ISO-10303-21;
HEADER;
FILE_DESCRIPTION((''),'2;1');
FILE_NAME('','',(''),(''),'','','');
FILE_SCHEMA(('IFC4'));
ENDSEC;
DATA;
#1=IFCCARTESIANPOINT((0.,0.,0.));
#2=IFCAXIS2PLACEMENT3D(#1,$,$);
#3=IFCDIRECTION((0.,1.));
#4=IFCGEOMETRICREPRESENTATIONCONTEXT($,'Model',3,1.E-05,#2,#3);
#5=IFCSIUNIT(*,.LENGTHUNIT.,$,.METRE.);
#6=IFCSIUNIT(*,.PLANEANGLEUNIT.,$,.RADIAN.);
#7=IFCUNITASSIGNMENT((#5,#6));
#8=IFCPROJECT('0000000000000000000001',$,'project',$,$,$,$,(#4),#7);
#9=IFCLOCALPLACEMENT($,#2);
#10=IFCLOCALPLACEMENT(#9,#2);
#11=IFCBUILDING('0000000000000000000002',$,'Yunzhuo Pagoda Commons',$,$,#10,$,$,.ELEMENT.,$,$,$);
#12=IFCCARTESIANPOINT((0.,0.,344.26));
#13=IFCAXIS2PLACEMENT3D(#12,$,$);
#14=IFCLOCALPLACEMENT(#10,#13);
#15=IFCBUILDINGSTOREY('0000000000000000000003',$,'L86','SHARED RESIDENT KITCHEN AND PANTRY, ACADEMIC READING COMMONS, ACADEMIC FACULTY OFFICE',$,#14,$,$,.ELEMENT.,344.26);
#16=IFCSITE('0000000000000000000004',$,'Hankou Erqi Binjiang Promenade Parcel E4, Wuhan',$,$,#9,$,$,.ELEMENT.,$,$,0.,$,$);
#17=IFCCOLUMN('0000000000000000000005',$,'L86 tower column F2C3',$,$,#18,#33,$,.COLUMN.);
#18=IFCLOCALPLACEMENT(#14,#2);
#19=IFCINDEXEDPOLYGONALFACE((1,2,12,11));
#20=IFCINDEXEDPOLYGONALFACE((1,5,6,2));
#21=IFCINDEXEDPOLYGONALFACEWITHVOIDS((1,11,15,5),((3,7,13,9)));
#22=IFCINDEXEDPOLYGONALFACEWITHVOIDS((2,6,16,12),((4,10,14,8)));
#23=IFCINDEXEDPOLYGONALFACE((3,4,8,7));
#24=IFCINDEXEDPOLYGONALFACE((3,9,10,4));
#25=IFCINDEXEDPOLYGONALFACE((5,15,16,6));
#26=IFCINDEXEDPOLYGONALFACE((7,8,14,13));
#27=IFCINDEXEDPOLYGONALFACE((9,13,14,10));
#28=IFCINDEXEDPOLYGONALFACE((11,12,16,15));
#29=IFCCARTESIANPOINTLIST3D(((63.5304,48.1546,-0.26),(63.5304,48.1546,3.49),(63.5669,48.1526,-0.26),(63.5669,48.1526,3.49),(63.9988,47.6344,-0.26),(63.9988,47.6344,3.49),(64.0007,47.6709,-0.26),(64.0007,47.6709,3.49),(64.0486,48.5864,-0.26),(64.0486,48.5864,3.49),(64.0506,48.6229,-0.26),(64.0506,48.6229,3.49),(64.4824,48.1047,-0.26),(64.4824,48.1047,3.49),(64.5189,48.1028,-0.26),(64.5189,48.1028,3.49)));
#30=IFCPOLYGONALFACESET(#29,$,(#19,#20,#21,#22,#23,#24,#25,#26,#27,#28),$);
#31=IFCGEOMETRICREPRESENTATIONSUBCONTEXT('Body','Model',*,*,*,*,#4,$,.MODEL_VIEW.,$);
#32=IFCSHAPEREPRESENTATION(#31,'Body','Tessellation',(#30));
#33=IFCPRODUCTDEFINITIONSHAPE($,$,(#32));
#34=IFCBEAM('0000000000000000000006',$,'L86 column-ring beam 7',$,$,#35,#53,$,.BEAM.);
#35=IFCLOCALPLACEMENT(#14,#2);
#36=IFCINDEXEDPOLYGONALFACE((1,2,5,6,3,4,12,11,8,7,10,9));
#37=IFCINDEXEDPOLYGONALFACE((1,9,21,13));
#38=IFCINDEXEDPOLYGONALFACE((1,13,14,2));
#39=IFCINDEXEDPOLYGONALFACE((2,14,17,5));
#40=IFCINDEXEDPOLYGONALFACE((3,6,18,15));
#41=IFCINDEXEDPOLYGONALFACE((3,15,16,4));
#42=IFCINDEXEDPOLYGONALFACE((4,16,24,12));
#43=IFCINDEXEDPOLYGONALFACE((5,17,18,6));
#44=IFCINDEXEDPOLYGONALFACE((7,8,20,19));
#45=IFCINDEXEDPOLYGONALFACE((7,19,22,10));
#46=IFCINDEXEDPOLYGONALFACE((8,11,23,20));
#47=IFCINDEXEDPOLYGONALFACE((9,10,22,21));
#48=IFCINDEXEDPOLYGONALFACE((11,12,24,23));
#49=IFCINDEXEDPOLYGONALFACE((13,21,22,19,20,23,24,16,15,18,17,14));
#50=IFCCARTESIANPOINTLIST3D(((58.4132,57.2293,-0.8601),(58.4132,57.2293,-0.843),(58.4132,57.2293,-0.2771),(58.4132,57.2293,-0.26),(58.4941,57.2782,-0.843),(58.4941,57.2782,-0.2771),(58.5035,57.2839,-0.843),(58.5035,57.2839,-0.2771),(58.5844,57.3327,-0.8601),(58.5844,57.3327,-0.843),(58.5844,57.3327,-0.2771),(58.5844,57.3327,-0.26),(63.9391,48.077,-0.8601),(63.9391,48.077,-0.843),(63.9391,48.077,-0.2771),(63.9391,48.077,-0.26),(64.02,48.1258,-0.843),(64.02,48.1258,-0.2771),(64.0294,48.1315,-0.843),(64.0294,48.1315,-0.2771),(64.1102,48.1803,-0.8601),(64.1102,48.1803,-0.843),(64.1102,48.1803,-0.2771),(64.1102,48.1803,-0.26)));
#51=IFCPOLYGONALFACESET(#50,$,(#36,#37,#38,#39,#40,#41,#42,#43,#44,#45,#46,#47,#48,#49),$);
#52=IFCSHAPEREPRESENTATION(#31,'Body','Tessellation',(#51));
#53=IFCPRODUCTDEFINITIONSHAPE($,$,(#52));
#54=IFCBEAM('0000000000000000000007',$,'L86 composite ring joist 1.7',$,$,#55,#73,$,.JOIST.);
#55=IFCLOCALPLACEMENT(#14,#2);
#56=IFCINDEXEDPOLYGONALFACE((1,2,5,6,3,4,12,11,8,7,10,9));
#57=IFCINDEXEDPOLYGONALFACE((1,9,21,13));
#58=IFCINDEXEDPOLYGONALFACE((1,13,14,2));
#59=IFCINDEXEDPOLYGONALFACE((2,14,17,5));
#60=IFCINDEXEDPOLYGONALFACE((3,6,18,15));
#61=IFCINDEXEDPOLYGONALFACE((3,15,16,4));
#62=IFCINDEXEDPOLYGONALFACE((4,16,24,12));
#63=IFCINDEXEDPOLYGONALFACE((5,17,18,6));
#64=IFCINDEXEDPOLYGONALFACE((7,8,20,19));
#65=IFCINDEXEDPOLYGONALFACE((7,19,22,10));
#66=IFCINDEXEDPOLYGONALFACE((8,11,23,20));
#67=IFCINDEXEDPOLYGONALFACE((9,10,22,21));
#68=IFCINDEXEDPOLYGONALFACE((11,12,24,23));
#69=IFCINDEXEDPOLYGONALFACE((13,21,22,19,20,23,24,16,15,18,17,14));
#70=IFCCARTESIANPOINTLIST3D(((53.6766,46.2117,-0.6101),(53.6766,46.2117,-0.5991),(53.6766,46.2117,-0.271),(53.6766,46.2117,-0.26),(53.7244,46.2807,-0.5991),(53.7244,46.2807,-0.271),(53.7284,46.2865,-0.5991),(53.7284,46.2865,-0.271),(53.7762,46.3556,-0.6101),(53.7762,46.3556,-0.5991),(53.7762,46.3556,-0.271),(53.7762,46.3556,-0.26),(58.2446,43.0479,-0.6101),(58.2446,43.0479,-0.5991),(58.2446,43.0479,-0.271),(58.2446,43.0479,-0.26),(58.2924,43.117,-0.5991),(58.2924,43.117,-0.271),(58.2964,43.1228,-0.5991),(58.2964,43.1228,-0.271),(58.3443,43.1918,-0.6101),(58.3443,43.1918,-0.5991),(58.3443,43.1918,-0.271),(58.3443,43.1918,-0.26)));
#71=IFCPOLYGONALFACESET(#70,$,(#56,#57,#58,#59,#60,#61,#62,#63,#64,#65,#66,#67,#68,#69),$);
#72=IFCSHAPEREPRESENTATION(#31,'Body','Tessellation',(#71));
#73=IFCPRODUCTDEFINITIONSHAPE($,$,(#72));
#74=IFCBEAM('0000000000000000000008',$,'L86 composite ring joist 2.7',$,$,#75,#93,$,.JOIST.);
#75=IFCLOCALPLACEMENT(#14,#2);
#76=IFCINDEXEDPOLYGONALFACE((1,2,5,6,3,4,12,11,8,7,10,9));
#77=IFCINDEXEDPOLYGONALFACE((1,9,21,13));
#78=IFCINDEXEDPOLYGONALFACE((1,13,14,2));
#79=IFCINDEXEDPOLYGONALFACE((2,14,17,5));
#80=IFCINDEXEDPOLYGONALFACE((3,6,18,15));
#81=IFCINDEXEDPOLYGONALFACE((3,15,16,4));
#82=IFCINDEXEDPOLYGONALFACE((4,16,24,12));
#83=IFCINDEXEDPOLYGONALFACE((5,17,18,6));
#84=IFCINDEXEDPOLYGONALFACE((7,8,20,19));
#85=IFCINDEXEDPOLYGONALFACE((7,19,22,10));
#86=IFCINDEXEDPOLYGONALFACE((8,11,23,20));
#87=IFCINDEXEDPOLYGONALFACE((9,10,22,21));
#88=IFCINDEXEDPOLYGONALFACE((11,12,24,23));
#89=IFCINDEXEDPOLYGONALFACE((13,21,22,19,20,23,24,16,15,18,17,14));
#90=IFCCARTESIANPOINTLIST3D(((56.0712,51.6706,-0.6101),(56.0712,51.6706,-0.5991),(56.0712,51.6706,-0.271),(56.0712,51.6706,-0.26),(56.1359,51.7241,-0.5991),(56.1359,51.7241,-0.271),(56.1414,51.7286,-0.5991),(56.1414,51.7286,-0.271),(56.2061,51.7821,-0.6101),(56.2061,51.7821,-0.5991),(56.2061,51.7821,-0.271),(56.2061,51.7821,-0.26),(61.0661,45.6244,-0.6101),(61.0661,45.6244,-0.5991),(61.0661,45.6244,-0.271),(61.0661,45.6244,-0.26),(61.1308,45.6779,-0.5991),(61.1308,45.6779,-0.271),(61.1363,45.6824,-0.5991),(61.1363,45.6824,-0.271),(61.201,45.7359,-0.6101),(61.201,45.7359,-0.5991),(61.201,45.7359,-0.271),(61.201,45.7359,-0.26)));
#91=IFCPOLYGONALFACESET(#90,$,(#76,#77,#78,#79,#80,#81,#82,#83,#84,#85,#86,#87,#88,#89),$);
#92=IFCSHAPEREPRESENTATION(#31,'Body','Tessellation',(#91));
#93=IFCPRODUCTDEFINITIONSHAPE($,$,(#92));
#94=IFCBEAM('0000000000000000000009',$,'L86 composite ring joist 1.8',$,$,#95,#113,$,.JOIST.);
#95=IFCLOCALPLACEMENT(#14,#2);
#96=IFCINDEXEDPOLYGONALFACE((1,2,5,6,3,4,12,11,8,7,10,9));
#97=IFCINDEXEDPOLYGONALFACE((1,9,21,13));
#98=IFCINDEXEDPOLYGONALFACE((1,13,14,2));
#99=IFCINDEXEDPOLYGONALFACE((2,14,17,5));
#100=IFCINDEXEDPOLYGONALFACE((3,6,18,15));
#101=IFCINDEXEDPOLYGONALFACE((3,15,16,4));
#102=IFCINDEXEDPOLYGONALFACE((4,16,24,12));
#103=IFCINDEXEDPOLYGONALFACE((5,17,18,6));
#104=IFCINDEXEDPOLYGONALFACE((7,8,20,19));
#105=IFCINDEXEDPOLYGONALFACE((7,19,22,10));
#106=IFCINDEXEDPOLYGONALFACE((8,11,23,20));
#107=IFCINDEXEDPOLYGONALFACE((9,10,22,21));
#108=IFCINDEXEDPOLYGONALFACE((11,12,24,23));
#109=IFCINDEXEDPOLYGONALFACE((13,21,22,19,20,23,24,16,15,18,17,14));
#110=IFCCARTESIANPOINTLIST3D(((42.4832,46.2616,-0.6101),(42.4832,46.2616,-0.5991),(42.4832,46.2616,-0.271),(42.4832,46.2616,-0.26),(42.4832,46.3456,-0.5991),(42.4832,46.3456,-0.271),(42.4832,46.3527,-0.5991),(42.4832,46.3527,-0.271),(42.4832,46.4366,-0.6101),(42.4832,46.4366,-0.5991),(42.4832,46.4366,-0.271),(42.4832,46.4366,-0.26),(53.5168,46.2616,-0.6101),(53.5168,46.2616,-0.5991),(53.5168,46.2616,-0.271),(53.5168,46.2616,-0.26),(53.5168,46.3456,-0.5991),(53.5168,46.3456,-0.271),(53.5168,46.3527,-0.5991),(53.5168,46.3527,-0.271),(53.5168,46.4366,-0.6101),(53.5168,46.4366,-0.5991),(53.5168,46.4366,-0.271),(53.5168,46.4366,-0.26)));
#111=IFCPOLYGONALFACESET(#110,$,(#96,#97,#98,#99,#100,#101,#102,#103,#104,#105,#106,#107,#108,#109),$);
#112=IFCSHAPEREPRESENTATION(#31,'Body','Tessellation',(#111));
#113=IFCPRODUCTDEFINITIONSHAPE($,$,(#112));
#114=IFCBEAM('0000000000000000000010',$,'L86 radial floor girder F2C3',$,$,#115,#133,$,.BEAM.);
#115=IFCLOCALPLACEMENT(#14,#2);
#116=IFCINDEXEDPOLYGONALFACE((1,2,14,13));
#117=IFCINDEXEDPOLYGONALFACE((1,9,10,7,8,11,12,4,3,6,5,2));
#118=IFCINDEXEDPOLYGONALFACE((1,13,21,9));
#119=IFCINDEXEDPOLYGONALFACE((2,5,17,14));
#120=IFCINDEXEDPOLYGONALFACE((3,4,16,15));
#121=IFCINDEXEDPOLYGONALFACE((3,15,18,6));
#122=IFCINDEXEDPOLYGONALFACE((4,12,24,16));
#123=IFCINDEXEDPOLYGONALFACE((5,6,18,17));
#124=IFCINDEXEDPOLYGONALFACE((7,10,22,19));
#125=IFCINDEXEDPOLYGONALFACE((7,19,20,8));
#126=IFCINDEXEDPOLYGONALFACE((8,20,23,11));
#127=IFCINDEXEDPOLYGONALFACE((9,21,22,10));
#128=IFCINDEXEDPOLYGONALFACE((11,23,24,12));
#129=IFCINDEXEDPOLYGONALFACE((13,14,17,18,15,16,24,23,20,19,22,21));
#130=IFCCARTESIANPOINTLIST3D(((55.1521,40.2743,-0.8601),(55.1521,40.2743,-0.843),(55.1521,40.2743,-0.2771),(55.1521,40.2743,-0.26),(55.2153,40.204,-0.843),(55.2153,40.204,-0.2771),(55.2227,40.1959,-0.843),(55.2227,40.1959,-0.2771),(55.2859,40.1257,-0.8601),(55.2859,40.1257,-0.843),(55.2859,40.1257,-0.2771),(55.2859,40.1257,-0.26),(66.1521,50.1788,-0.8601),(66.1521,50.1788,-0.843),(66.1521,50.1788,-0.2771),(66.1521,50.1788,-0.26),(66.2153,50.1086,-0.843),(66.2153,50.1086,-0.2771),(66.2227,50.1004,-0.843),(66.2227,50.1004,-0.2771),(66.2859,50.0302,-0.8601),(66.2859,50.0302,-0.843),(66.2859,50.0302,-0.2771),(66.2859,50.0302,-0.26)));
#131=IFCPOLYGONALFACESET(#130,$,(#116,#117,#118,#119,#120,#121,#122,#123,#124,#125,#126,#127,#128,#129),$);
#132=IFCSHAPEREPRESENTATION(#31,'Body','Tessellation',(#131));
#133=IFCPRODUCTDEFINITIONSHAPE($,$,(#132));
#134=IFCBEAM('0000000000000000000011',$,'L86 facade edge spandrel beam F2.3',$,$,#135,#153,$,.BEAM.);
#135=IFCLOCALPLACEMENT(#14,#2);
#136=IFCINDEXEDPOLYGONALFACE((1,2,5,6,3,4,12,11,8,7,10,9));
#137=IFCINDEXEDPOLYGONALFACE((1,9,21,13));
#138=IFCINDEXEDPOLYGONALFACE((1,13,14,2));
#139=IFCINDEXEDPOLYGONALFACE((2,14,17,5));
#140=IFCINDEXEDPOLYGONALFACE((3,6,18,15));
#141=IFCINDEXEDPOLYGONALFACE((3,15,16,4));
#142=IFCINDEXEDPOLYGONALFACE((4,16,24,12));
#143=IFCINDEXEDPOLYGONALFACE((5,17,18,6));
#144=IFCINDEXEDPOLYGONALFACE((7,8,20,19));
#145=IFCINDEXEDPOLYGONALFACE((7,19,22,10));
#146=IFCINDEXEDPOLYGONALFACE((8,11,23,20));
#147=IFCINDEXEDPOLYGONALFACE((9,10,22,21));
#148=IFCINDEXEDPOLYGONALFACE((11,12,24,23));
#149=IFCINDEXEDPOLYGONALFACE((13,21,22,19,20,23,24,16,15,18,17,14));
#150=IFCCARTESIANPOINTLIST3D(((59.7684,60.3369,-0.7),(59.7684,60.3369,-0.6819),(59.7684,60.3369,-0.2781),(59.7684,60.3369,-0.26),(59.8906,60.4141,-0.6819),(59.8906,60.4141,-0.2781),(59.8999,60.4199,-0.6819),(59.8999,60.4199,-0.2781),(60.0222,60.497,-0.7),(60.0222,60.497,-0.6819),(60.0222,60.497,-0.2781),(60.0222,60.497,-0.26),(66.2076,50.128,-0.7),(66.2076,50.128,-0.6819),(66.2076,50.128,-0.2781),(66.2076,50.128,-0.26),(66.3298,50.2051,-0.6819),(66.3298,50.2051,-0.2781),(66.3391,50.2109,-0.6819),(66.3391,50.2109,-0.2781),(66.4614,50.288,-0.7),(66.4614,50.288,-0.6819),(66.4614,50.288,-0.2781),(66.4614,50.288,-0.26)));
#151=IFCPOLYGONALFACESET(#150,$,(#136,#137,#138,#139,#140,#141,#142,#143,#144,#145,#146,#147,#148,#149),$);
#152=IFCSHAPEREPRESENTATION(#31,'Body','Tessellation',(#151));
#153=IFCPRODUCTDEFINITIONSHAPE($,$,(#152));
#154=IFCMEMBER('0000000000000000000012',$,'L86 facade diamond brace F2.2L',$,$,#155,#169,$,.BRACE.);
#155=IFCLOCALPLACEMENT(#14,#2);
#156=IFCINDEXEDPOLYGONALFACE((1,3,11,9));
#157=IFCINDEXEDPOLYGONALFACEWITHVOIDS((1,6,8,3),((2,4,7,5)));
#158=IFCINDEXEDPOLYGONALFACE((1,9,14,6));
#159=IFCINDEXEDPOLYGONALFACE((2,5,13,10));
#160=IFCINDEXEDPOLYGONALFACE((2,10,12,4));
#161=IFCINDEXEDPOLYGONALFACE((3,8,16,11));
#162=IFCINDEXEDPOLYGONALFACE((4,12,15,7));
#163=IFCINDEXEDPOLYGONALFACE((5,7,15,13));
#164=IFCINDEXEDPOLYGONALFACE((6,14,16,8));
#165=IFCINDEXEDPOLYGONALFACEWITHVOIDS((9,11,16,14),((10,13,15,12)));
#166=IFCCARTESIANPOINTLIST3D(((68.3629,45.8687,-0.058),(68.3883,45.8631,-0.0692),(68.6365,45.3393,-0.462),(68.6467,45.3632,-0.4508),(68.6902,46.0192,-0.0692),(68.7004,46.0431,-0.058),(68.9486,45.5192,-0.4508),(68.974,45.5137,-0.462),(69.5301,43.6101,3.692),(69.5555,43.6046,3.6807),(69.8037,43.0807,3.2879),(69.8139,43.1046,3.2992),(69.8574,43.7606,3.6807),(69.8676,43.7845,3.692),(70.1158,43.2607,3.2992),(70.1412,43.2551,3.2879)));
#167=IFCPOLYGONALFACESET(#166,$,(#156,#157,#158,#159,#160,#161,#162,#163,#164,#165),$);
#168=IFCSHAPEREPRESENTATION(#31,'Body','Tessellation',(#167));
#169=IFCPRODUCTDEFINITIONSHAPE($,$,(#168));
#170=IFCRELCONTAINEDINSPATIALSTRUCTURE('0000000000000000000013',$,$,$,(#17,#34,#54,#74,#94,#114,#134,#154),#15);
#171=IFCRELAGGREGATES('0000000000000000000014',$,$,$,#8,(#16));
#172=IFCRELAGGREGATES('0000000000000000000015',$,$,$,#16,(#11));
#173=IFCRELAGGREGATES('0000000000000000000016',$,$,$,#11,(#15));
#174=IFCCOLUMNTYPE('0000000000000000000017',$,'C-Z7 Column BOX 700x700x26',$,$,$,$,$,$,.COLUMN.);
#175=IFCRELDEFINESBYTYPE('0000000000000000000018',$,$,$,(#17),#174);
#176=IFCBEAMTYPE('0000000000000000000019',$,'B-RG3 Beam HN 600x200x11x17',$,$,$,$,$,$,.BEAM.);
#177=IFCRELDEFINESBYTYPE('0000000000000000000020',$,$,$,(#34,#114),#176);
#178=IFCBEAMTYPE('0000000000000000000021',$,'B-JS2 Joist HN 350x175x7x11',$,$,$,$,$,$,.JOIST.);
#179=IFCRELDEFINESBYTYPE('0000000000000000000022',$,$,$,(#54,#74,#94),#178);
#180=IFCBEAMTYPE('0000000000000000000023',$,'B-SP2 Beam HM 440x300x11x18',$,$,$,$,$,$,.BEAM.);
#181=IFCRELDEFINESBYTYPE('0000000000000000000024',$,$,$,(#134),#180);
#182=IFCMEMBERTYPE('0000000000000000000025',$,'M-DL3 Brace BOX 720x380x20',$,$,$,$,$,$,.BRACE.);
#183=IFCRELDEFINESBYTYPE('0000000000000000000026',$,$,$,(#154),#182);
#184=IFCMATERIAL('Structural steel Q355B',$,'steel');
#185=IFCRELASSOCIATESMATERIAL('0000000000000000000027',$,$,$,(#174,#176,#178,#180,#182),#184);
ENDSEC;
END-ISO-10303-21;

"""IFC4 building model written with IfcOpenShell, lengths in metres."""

from ifc_helpers import new_model, si_unit, direction, frame, origin, origin_2d, place, context, subcontext, project, spatial, hollow_rectangle, i_section, extrude, source, transform, mapped, material, material_profile, profile_set, type_object, element, save


model = new_model("IFC4")

# Units and contexts
model_context = context("Model", 3, precision=1e-05, world=origin(), true_north=direction((0.0, 1.0)))
body_context = subcontext(model_context, "Body", "Model", "MODEL_VIEW")
ifc_project = project(units=[si_unit("LENGTHUNIT", "METRE"), si_unit("PLANEANGLEUNIT", "RADIAN")], contexts=[model_context])

# Site, building, storey
site_placement = place(None, origin())
site = spatial("IfcSite", under=ifc_project, at=site_placement, Name="Hankou Erqi Binjiang Promenade Parcel E4, Wuhan", CompositionType="ELEMENT", RefElevation=0.0)
building_placement = place(site_placement, origin())
building = spatial("IfcBuilding", under=site, at=building_placement, Name="Yunzhuo Pagoda Commons", CompositionType="ELEMENT")
storey_placement = place(building_placement, frame((0.0, 0.0, 344.26)))
storey = spatial("IfcBuildingStorey", under=building, at=storey_placement, Name="L86", Description="SHARED RESIDENT KITCHEN AND PANTRY, ACADEMIC READING COMMONS, ACADEMIC FACULTY OFFICE", CompositionType="ELEMENT", Elevation=344.26)

# Column
ifc_material_1 = material(Name="Structural steel Q355B", Category="steel")
ifc_material_profile_1 = material_profile(ifc_material_1, hollow_rectangle(XDim=0.7, YDim=0.7, WallThickness=0.0259, at=origin_2d()), Name="Structural steel Q355B")
ifc_profile_set_1 = profile_set([ifc_material_profile_1], Name="Structural steel Q355B")
column_type = type_object("IfcColumnType", Name="C-Z7 Column BOX 700x700x26", PredefinedType="COLUMN", material=ifc_profile_set_1)
shared_shape_1 = source(origin(), body_context, "Body", "SweptSolid", [
    extrude(hollow_rectangle(XDim=0.7, YDim=0.7, WallThickness=0.0259, at=origin_2d()), origin(), (0.0, 0.0, 1.0), 3.75),
])
column_placement = place(storey_placement, frame((64.0247, 48.1287, -0.26), z_axis=(0.0, 0.0, 1.0), x_axis=(-0.669131, 0.743145, 0.0)))
element("IfcColumn", 1, at=column_placement, inside=storey, type_object=column_type, Name="L86 tower column F2C3", PredefinedType="COLUMN", context=body_context, shape_type="MappedRepresentation", body=[
    mapped(shared_shape_1, transform((0.0, 0.0, 0.0), scale=1.0)),
])

# Beams
ifc_material_profile_2 = material_profile(ifc_material_1, i_section(OverallWidth=0.2, OverallDepth=0.6001, WebThickness=0.011, FlangeThickness=0.0171, at=origin_2d()), Name="Structural steel Q355B")
ifc_profile_set_2 = profile_set([ifc_material_profile_2], Name="Structural steel Q355B")
beam_type_1 = type_object("IfcBeamType", Name="B-RG3 Beam HN 600x200x11x17", PredefinedType="BEAM", material=ifc_profile_set_2)
shared_shape_2 = source(origin(), body_context, "Body", "SweptSolid", [
    extrude(i_section(OverallWidth=0.2, OverallDepth=0.6001, WebThickness=0.011, FlangeThickness=0.0171, at=origin_2d()), origin(), (0.0, 0.0, 1.0), 10.6912),
])
beam_1_placement = place(storey_placement, frame((64.0247, 48.1287, -0.5601), z_axis=(-0.516865, 0.856067, 0.0), x_axis=(-0.856067, -0.516865, 0.0)))
element("IfcBeam", 2, at=beam_1_placement, inside=storey, type_object=beam_type_1, Name="L86 column-ring beam 7", PredefinedType="BEAM", context=body_context, shape_type="MappedRepresentation", body=[
    mapped(shared_shape_2, transform((0.0, 0.0, 0.0), scale=1.0)),
])
ifc_material_profile_3 = material_profile(ifc_material_1, i_section(OverallWidth=0.175, OverallDepth=0.3501, WebThickness=0.0071, FlangeThickness=0.011, at=origin_2d()), Name="Structural steel Q355B")
ifc_profile_set_3 = profile_set([ifc_material_profile_3], Name="Structural steel Q355B")
beam_type_2 = type_object("IfcBeamType", Name="B-JS2 Joist HN 350x175x7x11", PredefinedType="JOIST", material=ifc_profile_set_3)
shared_shape_3 = source(origin(), body_context, "Body", "SweptSolid", [
    extrude(i_section(OverallWidth=0.175, OverallDepth=0.3501, WebThickness=0.0071, FlangeThickness=0.011, at=origin_2d()), origin(), (0.0, 0.0, 1.0), 5.5566),
])
beam_2_placement = place(storey_placement, frame((58.2944, 43.1199, -0.4351), z_axis=(-0.822085, 0.569365, 0.0), x_axis=(-0.569365, -0.822085, 0.0)))
element("IfcBeam", 3, at=beam_2_placement, inside=storey, type_object=beam_type_2, Name="L86 composite ring joist 1.7", PredefinedType="JOIST", context=body_context, shape_type="MappedRepresentation", body=[
    mapped(shared_shape_3, transform((0.0, 0.0, 0.0), scale=1.0)),
])
shared_shape_4 = source(origin(), body_context, "Body", "SweptSolid", [
    extrude(i_section(OverallWidth=0.175, OverallDepth=0.3501, WebThickness=0.0071, FlangeThickness=0.011, at=origin_2d()), origin(), (0.0, 0.0, 1.0), 7.8425),
])
beam_3_placement = place(storey_placement, frame((61.1335, 45.6802, -0.4351), z_axis=(-0.636899, 0.770947, 0.0), x_axis=(-0.770947, -0.636899, 0.0)))
element("IfcBeam", 4, at=beam_3_placement, inside=storey, type_object=beam_type_2, Name="L86 composite ring joist 2.7", PredefinedType="JOIST", context=body_context, shape_type="MappedRepresentation", body=[
    mapped(shared_shape_4, transform((0.0, 0.0, 0.0), scale=1.0)),
])
shared_shape_5 = source(origin(), body_context, "Body", "SweptSolid", [
    extrude(i_section(OverallWidth=0.175, OverallDepth=0.3501, WebThickness=0.0071, FlangeThickness=0.011, at=origin_2d()), origin(), (0.0, 0.0, 1.0), 11.0337),
])
beam_4_placement = place(storey_placement, frame((53.5168, 46.3491, -0.4351), z_axis=(-1.0, 0.0, 0.0), x_axis=(0.0, -1.0, 0.0)))
element("IfcBeam", 5, at=beam_4_placement, inside=storey, type_object=beam_type_2, Name="L86 composite ring joist 1.8", PredefinedType="JOIST", context=body_context, shape_type="MappedRepresentation", body=[
    mapped(shared_shape_5, transform((0.0, 0.0, 0.0), scale=1.0)),
])
shared_shape_6 = source(origin(), body_context, "Body", "SweptSolid", [
    extrude(i_section(OverallWidth=0.2, OverallDepth=0.6001, WebThickness=0.011, FlangeThickness=0.0171, at=origin_2d()), origin(), (0.0, 0.0, 1.0), 14.802),
])
beam_5_placement = place(storey_placement, frame((66.219, 50.1045, -0.5601), z_axis=(-0.743142, -0.669134, 0.0), x_axis=(0.669134, -0.743142, 0.0)))
element("IfcBeam", 6, at=beam_5_placement, inside=storey, type_object=beam_type_1, Name="L86 radial floor girder F2C3", PredefinedType="BEAM", context=body_context, shape_type="MappedRepresentation", body=[
    mapped(shared_shape_6, transform((0.0, 0.0, 0.0), scale=1.0)),
])
ifc_material_profile_4 = material_profile(ifc_material_1, i_section(OverallWidth=0.3, OverallDepth=0.4399, WebThickness=0.011, FlangeThickness=0.0181, at=origin_2d()), Name="Structural steel Q355B")
ifc_profile_set_4 = profile_set([ifc_material_profile_4], Name="Structural steel Q355B")
beam_type_3 = type_object("IfcBeamType", Name="B-SP2 Beam HM 440x300x11x18", PredefinedType="BEAM", material=ifc_profile_set_4)
shared_shape_7 = source(origin(), body_context, "Body", "SweptSolid", [
    extrude(i_section(OverallWidth=0.3, OverallDepth=0.4399, WebThickness=0.011, FlangeThickness=0.0181, at=origin_2d()), origin(), (0.0, 0.0, 1.0), 12.0701),
])
beam_6_placement = place(storey_placement, frame((66.3345, 50.208, -0.48), z_axis=(-0.533485, 0.845809, 0.0), x_axis=(-0.845809, -0.533485, 0.0)))
element("IfcBeam", 7, at=beam_6_placement, inside=storey, type_object=beam_type_3, Name="L86 facade edge spandrel beam F2.3", PredefinedType="BEAM", context=body_context, shape_type="MappedRepresentation", body=[
    mapped(shared_shape_7, transform((0.0, 0.0, 0.0), scale=1.0)),
])

# Member
ifc_material_profile_5 = material_profile(ifc_material_1, hollow_rectangle(XDim=0.3799, YDim=0.72, WallThickness=0.02, at=origin_2d()), Name="Structural steel Q355B")
ifc_profile_set_5 = profile_set([ifc_material_profile_5], Name="Structural steel Q355B")
member_type_1 = type_object("IfcMemberType", Name="M-DL3 Brace BOX 720x380x20", PredefinedType="BRACE", material=ifc_profile_set_5)
shared_shape_8 = source(origin(), body_context, "Body", "SweptSolid", [
    extrude(hollow_rectangle(XDim=0.3799, YDim=0.72, WallThickness=0.02, at=origin_2d()), origin(), (0.0, 0.0, 1.0), 4.5305),
])
for number, where, z_axis, x_axis, name in (
    (8, (68.6685, 45.6912, -0.26), (0.257636, -0.498514, 0.827712), (0.888374, 0.45912, 0.0), "L86 facade diamond brace F2.2L"),
):
    element("IfcMember", number, at=place(storey_placement, frame(where, z_axis=z_axis, x_axis=x_axis)), inside=storey, type_object=member_type_1, Name=name, PredefinedType="BRACE", context=body_context, shape_type="MappedRepresentation", body=[
        mapped(shared_shape_8, transform((0.0, 0.0, 0.0), scale=1.0)),
    ])

save(model, "model.ifc")
